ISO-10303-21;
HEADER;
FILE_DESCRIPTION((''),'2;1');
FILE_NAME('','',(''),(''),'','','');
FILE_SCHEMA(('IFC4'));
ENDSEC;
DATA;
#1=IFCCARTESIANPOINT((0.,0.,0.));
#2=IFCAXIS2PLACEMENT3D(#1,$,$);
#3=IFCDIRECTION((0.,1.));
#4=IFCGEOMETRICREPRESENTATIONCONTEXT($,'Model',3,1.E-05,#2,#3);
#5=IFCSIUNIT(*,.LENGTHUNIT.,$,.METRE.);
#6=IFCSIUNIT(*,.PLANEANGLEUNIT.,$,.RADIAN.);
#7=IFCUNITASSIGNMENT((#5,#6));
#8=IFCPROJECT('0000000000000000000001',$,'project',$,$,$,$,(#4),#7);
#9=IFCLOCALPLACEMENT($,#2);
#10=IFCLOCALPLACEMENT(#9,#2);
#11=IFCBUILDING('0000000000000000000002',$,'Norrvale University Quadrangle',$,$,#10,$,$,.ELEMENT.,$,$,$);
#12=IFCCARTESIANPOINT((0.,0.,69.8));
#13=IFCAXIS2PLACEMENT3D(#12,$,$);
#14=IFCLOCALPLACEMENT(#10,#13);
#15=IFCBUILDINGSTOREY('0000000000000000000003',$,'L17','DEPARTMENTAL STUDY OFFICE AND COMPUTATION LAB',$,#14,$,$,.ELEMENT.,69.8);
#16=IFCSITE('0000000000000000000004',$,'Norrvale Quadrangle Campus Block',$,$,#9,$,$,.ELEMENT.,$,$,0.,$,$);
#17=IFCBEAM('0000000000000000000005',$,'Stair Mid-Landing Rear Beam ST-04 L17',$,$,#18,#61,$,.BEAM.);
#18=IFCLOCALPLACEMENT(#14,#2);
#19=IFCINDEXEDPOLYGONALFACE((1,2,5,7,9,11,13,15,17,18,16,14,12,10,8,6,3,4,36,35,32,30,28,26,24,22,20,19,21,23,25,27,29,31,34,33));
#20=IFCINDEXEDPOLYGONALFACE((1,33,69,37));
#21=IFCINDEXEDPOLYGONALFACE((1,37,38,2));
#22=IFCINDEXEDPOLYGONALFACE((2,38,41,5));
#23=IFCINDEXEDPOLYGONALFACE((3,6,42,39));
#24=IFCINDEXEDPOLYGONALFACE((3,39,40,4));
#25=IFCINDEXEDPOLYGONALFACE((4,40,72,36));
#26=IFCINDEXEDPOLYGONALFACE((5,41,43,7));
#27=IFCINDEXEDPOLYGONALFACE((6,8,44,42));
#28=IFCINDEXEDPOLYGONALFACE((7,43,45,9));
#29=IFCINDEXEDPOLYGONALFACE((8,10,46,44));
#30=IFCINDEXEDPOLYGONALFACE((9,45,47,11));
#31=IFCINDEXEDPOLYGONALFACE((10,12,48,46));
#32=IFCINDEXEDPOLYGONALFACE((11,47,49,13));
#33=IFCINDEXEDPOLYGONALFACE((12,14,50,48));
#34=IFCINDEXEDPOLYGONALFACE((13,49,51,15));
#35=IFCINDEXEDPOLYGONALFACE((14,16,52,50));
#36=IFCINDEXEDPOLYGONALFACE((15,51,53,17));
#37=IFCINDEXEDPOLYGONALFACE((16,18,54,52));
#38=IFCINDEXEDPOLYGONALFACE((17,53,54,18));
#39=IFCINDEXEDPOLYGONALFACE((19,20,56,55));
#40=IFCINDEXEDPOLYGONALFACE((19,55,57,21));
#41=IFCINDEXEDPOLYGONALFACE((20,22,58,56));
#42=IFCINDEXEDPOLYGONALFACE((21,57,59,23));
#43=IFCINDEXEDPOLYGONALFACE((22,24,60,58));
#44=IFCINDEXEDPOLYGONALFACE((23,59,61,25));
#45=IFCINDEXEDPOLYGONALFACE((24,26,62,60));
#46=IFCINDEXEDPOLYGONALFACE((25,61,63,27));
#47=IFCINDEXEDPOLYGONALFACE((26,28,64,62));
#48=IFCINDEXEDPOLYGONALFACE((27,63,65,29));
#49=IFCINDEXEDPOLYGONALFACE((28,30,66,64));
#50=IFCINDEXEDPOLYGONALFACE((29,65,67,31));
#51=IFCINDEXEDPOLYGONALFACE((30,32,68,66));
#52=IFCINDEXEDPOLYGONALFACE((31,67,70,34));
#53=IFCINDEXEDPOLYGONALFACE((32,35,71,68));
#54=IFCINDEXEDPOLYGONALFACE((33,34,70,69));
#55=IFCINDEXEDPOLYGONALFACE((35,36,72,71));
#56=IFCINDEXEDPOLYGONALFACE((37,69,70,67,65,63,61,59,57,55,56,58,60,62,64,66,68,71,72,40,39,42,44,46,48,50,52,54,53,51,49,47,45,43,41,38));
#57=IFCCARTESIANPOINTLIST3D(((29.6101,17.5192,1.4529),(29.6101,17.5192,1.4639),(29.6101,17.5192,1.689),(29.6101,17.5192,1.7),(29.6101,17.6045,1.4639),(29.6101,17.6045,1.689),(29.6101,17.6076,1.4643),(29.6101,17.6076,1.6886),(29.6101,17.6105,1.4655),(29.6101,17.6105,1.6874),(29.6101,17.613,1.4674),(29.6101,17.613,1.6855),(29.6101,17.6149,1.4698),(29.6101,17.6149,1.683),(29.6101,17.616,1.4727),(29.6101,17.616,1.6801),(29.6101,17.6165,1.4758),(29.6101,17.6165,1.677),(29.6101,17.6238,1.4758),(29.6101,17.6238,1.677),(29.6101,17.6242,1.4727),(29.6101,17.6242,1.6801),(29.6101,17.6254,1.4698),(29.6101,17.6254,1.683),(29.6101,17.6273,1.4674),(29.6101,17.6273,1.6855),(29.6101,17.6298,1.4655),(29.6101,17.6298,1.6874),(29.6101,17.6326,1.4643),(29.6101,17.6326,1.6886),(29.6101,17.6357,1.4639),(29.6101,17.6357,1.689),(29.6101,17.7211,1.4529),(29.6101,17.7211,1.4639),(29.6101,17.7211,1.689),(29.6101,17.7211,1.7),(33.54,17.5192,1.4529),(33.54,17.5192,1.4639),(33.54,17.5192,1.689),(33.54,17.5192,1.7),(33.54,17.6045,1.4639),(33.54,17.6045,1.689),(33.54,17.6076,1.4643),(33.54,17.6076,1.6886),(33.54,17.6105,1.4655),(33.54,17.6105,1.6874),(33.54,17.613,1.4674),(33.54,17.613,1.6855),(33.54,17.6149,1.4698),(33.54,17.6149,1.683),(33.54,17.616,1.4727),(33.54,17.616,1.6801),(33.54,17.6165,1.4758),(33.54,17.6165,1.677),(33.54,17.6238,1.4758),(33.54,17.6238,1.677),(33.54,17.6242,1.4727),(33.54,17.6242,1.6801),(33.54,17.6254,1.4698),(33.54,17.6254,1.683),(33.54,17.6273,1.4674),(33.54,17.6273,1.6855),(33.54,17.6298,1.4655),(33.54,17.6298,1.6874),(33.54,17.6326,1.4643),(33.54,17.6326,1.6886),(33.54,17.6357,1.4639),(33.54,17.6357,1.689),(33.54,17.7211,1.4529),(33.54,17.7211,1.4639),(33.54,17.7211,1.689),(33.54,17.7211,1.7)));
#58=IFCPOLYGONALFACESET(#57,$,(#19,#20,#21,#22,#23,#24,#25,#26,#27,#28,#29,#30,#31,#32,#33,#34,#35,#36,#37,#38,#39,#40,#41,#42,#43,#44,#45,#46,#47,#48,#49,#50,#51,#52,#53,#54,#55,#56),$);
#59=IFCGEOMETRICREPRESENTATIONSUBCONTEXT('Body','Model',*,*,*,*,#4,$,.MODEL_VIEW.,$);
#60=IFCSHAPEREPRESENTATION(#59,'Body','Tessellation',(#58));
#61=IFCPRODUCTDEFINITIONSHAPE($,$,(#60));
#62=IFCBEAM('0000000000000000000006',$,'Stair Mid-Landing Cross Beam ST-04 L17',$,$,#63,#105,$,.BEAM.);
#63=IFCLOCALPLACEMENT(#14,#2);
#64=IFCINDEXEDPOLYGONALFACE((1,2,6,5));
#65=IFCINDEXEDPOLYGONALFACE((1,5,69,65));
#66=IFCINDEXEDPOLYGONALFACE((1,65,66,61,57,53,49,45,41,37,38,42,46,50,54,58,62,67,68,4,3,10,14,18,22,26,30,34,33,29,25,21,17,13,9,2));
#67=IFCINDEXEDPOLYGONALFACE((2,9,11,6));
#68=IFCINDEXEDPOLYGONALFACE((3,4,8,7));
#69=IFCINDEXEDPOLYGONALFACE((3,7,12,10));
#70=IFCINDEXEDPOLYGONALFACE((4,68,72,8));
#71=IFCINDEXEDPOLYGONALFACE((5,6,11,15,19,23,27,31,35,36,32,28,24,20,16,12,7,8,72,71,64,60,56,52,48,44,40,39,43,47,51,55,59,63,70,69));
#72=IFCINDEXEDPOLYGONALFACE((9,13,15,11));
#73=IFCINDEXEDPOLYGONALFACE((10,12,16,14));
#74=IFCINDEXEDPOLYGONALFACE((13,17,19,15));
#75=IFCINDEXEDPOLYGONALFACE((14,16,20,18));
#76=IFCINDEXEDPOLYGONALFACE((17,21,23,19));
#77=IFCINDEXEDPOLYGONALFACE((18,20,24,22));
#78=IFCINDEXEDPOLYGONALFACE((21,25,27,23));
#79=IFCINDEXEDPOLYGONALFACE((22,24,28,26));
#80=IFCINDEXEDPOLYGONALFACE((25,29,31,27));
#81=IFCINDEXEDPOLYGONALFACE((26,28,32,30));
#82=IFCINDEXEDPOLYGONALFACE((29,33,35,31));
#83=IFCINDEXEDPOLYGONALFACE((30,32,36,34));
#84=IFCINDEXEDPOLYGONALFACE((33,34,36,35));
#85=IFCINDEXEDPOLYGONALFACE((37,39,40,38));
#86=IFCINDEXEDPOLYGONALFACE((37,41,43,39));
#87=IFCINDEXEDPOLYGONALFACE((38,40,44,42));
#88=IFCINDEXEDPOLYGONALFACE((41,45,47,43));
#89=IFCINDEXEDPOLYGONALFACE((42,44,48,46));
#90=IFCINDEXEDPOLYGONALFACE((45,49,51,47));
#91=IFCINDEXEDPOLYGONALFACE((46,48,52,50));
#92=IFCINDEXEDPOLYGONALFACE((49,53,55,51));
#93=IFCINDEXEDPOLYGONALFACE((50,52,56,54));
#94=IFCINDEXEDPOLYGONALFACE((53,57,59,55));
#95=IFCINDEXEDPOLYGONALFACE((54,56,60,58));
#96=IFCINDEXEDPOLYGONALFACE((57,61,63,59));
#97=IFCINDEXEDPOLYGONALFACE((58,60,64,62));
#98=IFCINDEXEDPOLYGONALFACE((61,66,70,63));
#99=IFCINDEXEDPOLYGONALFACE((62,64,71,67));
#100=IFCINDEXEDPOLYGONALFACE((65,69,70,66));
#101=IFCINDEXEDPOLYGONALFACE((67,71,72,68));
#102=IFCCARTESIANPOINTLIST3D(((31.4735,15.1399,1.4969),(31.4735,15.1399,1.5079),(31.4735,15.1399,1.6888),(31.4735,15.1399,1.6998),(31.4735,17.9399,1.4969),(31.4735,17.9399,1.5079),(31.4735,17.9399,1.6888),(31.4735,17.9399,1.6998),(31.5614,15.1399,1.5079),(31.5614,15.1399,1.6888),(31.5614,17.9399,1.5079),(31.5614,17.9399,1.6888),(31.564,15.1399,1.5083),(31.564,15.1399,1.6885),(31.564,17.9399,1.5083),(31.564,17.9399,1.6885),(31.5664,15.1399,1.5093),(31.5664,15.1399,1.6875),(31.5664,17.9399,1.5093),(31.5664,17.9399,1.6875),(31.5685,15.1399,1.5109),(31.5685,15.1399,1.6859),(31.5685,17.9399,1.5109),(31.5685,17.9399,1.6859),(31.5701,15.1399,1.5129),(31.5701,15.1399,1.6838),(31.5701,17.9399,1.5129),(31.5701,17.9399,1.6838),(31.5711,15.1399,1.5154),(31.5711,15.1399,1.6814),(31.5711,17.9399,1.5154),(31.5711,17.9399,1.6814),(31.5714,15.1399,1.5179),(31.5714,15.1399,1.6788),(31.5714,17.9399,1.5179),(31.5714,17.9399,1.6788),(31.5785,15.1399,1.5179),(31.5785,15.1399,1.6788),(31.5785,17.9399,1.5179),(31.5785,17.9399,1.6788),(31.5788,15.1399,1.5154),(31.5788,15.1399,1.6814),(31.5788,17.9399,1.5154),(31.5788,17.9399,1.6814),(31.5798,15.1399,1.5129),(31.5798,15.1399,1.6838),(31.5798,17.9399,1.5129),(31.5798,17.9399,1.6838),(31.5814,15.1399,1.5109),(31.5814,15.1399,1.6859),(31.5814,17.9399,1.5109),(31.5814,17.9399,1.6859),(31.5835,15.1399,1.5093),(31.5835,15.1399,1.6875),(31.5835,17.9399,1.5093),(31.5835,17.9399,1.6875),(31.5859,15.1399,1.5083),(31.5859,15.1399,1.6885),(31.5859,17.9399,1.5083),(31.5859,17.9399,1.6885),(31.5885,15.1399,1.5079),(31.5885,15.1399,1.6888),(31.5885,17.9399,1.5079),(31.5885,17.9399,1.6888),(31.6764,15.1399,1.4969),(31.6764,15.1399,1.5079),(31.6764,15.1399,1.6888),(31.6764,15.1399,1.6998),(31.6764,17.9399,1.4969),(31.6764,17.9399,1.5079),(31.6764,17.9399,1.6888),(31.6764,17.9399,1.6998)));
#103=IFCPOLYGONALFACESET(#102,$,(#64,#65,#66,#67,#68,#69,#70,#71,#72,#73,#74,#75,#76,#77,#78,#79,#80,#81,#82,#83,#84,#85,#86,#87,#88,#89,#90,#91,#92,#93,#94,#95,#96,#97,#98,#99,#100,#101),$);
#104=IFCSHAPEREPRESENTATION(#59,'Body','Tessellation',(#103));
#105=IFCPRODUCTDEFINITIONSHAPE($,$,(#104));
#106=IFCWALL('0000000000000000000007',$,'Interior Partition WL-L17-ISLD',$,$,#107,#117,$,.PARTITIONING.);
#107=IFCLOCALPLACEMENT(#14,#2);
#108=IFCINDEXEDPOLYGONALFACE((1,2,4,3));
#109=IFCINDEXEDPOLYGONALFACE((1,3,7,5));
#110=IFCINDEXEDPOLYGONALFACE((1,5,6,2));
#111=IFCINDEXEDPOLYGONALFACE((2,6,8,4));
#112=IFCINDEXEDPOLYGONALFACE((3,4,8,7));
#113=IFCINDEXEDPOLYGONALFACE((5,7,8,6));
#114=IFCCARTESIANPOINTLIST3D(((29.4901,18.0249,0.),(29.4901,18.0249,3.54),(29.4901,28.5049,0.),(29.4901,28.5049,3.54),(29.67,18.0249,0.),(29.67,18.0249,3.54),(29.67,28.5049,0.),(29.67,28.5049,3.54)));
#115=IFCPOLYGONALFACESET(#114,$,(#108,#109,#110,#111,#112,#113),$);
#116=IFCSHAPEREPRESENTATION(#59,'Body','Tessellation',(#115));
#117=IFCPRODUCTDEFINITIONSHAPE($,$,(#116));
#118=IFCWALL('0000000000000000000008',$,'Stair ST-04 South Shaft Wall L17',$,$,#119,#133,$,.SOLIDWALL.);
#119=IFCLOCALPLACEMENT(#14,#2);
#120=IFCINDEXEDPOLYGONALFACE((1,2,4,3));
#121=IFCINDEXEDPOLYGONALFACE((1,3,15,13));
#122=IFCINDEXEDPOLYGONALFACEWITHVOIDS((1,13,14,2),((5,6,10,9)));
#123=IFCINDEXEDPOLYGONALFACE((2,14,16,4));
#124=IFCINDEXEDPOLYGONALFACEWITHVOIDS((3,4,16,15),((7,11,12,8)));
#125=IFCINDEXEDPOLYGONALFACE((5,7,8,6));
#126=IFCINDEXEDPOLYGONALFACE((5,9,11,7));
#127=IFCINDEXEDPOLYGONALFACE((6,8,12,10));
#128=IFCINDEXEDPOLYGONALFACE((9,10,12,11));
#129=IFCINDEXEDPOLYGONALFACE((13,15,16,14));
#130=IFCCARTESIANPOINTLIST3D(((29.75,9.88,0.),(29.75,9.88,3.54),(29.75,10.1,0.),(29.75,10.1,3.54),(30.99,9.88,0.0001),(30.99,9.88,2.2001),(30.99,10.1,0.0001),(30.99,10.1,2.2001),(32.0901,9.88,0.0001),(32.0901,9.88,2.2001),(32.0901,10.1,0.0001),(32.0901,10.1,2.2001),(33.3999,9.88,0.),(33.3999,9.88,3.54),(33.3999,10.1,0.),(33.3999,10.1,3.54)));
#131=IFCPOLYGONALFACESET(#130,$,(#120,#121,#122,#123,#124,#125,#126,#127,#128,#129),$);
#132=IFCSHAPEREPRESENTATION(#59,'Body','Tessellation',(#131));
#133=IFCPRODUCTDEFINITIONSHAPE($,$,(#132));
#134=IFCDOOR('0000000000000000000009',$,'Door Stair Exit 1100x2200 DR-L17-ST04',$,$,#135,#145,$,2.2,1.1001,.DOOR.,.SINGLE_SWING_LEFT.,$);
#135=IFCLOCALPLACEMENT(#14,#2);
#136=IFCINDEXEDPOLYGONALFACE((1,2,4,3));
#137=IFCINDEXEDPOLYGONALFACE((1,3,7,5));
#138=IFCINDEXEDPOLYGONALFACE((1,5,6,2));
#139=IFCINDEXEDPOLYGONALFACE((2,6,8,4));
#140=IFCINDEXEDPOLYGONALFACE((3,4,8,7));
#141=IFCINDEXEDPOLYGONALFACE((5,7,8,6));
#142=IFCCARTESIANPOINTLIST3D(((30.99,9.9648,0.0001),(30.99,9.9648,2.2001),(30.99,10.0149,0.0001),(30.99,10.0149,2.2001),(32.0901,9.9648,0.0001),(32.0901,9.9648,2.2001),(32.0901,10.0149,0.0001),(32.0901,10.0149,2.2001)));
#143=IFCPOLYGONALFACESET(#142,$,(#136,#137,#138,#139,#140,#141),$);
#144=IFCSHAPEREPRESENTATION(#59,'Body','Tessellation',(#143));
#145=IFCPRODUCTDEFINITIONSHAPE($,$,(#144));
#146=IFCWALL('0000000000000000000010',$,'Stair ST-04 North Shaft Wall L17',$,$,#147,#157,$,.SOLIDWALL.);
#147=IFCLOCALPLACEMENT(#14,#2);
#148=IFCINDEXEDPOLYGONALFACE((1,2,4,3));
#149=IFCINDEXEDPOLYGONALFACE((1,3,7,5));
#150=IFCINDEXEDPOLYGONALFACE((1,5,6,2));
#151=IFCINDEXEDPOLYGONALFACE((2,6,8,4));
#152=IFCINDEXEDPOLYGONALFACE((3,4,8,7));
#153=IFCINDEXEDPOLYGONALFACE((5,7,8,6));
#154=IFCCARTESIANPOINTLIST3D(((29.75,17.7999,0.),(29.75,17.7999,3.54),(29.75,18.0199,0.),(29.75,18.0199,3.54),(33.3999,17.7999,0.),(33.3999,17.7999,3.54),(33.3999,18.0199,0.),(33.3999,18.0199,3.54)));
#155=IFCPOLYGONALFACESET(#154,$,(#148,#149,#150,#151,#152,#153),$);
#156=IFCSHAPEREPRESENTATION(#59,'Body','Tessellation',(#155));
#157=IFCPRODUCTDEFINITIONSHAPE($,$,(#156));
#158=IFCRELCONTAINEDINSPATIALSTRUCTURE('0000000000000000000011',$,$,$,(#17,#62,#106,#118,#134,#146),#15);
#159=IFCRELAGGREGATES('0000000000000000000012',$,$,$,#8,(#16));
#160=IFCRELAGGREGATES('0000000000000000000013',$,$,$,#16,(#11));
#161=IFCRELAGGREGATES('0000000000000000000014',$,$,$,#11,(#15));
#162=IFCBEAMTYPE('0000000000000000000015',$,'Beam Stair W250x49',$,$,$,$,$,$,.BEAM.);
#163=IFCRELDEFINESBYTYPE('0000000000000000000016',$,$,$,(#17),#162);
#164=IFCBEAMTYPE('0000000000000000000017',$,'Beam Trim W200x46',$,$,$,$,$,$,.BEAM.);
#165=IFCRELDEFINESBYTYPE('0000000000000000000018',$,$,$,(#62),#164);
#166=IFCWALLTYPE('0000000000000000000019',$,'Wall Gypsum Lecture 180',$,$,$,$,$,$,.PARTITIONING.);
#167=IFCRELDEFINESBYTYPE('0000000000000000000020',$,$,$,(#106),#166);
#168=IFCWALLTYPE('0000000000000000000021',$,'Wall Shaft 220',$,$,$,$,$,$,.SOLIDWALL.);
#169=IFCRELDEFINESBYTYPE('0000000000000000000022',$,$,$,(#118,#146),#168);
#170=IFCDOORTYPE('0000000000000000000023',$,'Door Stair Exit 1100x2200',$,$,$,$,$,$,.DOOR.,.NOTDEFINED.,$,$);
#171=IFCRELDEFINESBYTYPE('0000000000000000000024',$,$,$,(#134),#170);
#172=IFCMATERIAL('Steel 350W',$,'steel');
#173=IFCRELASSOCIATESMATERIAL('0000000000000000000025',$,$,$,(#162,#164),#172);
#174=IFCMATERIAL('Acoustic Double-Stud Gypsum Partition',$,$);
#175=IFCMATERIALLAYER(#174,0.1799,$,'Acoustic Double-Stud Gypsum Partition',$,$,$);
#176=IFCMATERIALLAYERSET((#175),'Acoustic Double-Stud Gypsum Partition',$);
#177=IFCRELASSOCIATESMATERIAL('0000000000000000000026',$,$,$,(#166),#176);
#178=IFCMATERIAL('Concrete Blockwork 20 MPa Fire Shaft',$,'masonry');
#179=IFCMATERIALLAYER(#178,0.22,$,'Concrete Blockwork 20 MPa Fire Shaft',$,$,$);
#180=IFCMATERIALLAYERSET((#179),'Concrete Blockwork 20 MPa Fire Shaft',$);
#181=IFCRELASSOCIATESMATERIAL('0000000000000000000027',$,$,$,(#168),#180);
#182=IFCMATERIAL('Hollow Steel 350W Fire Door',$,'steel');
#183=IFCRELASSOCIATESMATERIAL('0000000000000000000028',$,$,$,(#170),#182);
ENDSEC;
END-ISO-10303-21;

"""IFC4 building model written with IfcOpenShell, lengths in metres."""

from ifc_helpers import new_model, si_unit, direction, frame, frame_2d, origin, origin_2d, place, context, subcontext, project, spatial, rectangle, i_section, extrude, material, layer, layer_set, material_profile, profile_set, type_object, element, fill, save


model = new_model("IFC4")

# Units and contexts
model_context = context("Model", 3, precision=1e-05, world=origin(), true_north=direction((0.0, 1.0)))
body_context = subcontext(model_context, "Body", "Model", "MODEL_VIEW")
ifc_project = project(units=[si_unit("LENGTHUNIT", "METRE"), si_unit("PLANEANGLEUNIT", "RADIAN")], contexts=[model_context])

# Site, building, storey
site_placement = place(None, origin())
site = spatial("IfcSite", under=ifc_project, at=site_placement, Name="Norrvale Quadrangle Campus Block", CompositionType="ELEMENT", RefElevation=0.0)
building_placement = place(site_placement, origin())
building = spatial("IfcBuilding", under=site, at=building_placement, Name="Norrvale University Quadrangle", CompositionType="ELEMENT")
storey_placement = place(building_placement, frame((0.0, 0.0, 69.8)))
storey = spatial("IfcBuildingStorey", under=building, at=storey_placement, Name="L17", Description="DEPARTMENTAL STUDY OFFICE AND COMPUTATION LAB", CompositionType="ELEMENT", Elevation=69.8)

# Beams
ifc_material_1 = material(Name="Steel 350W", Category="steel")
ifc_material_profile_1 = material_profile(ifc_material_1, i_section(OverallWidth=0.2019, OverallDepth=0.2471, WebThickness=0.0073, FlangeThickness=0.011, FilletRadius=0.012, at=origin_2d()), Name="Steel 350W")
ifc_profile_set_1 = profile_set([ifc_material_profile_1], Name="Steel 350W")
beam_type_1 = type_object("IfcBeamType", Name="Beam Stair W250x49", PredefinedType="BEAM", material=ifc_profile_set_1)
for number, where, z_axis, x_axis, name in (
    (1, (29.6101, 17.6201, 1.5764), (1.0, 0.0, 0.0), (0.0, 1.0, 0.0), "Stair Mid-Landing Rear Beam ST-04 L17"),
):
    element("IfcBeam", number, at=place(storey_placement, frame(where, z_axis=z_axis, x_axis=x_axis)), inside=storey, type_object=beam_type_1, Name=name, PredefinedType="BEAM", context=body_context, shape_type="SweptSolid", body=[
        extrude(i_section(OverallWidth=0.2019, OverallDepth=0.2471, WebThickness=0.0073, FlangeThickness=0.011, FilletRadius=0.012, at=origin_2d()), origin(), (0.0, 0.0, 1.0), 3.9299),
    ])
ifc_material_profile_2 = material_profile(ifc_material_1, i_section(OverallWidth=0.2029, OverallDepth=0.2029, WebThickness=0.0071, FlangeThickness=0.011, FilletRadius=0.01, at=origin_2d()), Name="Steel 350W")
ifc_profile_set_2 = profile_set([ifc_material_profile_2], Name="Steel 350W")
beam_type_2 = type_object("IfcBeamType", Name="Beam Trim W200x46", PredefinedType="BEAM", material=ifc_profile_set_2)
beam_1_placement = place(storey_placement, frame((31.575, 15.1399, 1.5984), z_axis=(0.0, 1.0, 0.0), x_axis=(-1.0, 0.0, 0.0)))
element("IfcBeam", 2, at=beam_1_placement, inside=storey, type_object=beam_type_2, Name="Stair Mid-Landing Cross Beam ST-04 L17", PredefinedType="BEAM", context=body_context, shape_type="SweptSolid", body=[
    extrude(i_section(OverallWidth=0.2029, OverallDepth=0.2029, WebThickness=0.0071, FlangeThickness=0.011, FilletRadius=0.01, at=origin_2d()), origin(), (0.0, 0.0, 1.0), 2.8),
])

# Wall
ifc_material_2 = material(Name="Acoustic Double-Stud Gypsum Partition")
ifc_layer_1 = layer(ifc_material_2, 0.1799, Name="Acoustic Double-Stud Gypsum Partition")
ifc_layer_set_1 = layer_set([ifc_layer_1], Name="Acoustic Double-Stud Gypsum Partition")
wall_type_1 = type_object("IfcWallType", Name="Wall Gypsum Lecture 180", PredefinedType="PARTITIONING", material=ifc_layer_set_1)
wall_1_placement = place(storey_placement, frame((29.5801, 18.0249, 0.0), z_axis=(0.0, 0.0, 1.0), x_axis=(0.0, 1.0, 0.0)))
element("IfcWall", 3, at=wall_1_placement, inside=storey, type_object=wall_type_1, Name="Interior Partition WL-L17-ISLD", PredefinedType="PARTITIONING", context=body_context, shape_type="SweptSolid", body=[
    extrude(rectangle(XDim=10.48, YDim=0.1799, at=frame_2d((5.24, 0.0))), origin(), (0.0, 0.0, 1.0), 3.54),
])

# Wall, opening, door
ifc_material_3 = material(Name="Concrete Blockwork 20 MPa Fire Shaft", Category="masonry")
ifc_layer_2 = layer(ifc_material_3, 0.22, Name="Concrete Blockwork 20 MPa Fire Shaft")
ifc_layer_set_2 = layer_set([ifc_layer_2], Name="Concrete Blockwork 20 MPa Fire Shaft")
wall_type_2 = type_object("IfcWallType", Name="Wall Shaft 220", PredefinedType="SOLIDWALL", material=ifc_layer_set_2)
wall_2_placement = place(storey_placement, frame((29.75, 9.99, 0.0), z_axis=(0.0, 0.0, 1.0), x_axis=(1.0, 0.0, 0.0)))
wall_2 = element("IfcWall", 4, at=wall_2_placement, inside=storey, type_object=wall_type_2, Name="Stair ST-04 South Shaft Wall L17", PredefinedType="SOLIDWALL", context=body_context, shape_type="SweptSolid", body=[
    extrude(rectangle(XDim=3.6499, YDim=0.22, at=frame_2d((1.825, 0.0))), origin(), (0.0, 0.0, 1.0), 3.54),
])
opening_placement = place(wall_2_placement, frame((1.24, 0.0, 0.0)))
opening = element("IfcOpeningElement", 5, at=opening_placement, cuts=wall_2, PredefinedType="OPENING", context=body_context, shape_type="SweptSolid", body=[
    extrude(rectangle(XDim=1.1001, YDim=2.2, at=frame_2d((0.55, 1.1001))), frame((0.0, 0.1221, 0.0), z_axis=(0.0, -1.0, 0.0), x_axis=(1.0, 0.0, 0.0)), (0.0, 0.0, 1.0), 0.2439),
])
ifc_material_4 = material(Name="Hollow Steel 350W Fire Door", Category="steel")
door_type = type_object("IfcDoorType", Name="Door Stair Exit 1100x2200", OperationType="NOTDEFINED", PredefinedType="DOOR", material=ifc_material_4)
door_placement = place(opening_placement, origin())
door = element("IfcDoor", 6, at=door_placement, inside=storey, type_object=door_type, Name="Door Stair Exit 1100x2200 DR-L17-ST04", OperationType="SINGLE_SWING_LEFT", OverallHeight=2.2, OverallWidth=1.1001, PredefinedType="DOOR", context=body_context, shape_type="SweptSolid", body=[
    extrude(rectangle(XDim=1.1001, YDim=2.2, at=frame_2d((0.55, 1.1001))), frame((0.0, 0.0249, 0.0), z_axis=(0.0, -1.0, 0.0), x_axis=(1.0, 0.0, 0.0)), (0.0, 0.0, 1.0), 0.05),
])
fill(opening, door)

# Wall
wall_3_placement = place(storey_placement, frame((29.75, 17.9099, 0.0), z_axis=(0.0, 0.0, 1.0), x_axis=(1.0, 0.0, 0.0)))
element("IfcWall", 7, at=wall_3_placement, inside=storey, type_object=wall_type_2, Name="Stair ST-04 North Shaft Wall L17", PredefinedType="SOLIDWALL", context=body_context, shape_type="SweptSolid", body=[
    extrude(rectangle(XDim=3.6499, YDim=0.22, at=frame_2d((1.825, 0.0))), origin(), (0.0, 0.0, 1.0), 3.54),
])

save(model, "model.ifc")
